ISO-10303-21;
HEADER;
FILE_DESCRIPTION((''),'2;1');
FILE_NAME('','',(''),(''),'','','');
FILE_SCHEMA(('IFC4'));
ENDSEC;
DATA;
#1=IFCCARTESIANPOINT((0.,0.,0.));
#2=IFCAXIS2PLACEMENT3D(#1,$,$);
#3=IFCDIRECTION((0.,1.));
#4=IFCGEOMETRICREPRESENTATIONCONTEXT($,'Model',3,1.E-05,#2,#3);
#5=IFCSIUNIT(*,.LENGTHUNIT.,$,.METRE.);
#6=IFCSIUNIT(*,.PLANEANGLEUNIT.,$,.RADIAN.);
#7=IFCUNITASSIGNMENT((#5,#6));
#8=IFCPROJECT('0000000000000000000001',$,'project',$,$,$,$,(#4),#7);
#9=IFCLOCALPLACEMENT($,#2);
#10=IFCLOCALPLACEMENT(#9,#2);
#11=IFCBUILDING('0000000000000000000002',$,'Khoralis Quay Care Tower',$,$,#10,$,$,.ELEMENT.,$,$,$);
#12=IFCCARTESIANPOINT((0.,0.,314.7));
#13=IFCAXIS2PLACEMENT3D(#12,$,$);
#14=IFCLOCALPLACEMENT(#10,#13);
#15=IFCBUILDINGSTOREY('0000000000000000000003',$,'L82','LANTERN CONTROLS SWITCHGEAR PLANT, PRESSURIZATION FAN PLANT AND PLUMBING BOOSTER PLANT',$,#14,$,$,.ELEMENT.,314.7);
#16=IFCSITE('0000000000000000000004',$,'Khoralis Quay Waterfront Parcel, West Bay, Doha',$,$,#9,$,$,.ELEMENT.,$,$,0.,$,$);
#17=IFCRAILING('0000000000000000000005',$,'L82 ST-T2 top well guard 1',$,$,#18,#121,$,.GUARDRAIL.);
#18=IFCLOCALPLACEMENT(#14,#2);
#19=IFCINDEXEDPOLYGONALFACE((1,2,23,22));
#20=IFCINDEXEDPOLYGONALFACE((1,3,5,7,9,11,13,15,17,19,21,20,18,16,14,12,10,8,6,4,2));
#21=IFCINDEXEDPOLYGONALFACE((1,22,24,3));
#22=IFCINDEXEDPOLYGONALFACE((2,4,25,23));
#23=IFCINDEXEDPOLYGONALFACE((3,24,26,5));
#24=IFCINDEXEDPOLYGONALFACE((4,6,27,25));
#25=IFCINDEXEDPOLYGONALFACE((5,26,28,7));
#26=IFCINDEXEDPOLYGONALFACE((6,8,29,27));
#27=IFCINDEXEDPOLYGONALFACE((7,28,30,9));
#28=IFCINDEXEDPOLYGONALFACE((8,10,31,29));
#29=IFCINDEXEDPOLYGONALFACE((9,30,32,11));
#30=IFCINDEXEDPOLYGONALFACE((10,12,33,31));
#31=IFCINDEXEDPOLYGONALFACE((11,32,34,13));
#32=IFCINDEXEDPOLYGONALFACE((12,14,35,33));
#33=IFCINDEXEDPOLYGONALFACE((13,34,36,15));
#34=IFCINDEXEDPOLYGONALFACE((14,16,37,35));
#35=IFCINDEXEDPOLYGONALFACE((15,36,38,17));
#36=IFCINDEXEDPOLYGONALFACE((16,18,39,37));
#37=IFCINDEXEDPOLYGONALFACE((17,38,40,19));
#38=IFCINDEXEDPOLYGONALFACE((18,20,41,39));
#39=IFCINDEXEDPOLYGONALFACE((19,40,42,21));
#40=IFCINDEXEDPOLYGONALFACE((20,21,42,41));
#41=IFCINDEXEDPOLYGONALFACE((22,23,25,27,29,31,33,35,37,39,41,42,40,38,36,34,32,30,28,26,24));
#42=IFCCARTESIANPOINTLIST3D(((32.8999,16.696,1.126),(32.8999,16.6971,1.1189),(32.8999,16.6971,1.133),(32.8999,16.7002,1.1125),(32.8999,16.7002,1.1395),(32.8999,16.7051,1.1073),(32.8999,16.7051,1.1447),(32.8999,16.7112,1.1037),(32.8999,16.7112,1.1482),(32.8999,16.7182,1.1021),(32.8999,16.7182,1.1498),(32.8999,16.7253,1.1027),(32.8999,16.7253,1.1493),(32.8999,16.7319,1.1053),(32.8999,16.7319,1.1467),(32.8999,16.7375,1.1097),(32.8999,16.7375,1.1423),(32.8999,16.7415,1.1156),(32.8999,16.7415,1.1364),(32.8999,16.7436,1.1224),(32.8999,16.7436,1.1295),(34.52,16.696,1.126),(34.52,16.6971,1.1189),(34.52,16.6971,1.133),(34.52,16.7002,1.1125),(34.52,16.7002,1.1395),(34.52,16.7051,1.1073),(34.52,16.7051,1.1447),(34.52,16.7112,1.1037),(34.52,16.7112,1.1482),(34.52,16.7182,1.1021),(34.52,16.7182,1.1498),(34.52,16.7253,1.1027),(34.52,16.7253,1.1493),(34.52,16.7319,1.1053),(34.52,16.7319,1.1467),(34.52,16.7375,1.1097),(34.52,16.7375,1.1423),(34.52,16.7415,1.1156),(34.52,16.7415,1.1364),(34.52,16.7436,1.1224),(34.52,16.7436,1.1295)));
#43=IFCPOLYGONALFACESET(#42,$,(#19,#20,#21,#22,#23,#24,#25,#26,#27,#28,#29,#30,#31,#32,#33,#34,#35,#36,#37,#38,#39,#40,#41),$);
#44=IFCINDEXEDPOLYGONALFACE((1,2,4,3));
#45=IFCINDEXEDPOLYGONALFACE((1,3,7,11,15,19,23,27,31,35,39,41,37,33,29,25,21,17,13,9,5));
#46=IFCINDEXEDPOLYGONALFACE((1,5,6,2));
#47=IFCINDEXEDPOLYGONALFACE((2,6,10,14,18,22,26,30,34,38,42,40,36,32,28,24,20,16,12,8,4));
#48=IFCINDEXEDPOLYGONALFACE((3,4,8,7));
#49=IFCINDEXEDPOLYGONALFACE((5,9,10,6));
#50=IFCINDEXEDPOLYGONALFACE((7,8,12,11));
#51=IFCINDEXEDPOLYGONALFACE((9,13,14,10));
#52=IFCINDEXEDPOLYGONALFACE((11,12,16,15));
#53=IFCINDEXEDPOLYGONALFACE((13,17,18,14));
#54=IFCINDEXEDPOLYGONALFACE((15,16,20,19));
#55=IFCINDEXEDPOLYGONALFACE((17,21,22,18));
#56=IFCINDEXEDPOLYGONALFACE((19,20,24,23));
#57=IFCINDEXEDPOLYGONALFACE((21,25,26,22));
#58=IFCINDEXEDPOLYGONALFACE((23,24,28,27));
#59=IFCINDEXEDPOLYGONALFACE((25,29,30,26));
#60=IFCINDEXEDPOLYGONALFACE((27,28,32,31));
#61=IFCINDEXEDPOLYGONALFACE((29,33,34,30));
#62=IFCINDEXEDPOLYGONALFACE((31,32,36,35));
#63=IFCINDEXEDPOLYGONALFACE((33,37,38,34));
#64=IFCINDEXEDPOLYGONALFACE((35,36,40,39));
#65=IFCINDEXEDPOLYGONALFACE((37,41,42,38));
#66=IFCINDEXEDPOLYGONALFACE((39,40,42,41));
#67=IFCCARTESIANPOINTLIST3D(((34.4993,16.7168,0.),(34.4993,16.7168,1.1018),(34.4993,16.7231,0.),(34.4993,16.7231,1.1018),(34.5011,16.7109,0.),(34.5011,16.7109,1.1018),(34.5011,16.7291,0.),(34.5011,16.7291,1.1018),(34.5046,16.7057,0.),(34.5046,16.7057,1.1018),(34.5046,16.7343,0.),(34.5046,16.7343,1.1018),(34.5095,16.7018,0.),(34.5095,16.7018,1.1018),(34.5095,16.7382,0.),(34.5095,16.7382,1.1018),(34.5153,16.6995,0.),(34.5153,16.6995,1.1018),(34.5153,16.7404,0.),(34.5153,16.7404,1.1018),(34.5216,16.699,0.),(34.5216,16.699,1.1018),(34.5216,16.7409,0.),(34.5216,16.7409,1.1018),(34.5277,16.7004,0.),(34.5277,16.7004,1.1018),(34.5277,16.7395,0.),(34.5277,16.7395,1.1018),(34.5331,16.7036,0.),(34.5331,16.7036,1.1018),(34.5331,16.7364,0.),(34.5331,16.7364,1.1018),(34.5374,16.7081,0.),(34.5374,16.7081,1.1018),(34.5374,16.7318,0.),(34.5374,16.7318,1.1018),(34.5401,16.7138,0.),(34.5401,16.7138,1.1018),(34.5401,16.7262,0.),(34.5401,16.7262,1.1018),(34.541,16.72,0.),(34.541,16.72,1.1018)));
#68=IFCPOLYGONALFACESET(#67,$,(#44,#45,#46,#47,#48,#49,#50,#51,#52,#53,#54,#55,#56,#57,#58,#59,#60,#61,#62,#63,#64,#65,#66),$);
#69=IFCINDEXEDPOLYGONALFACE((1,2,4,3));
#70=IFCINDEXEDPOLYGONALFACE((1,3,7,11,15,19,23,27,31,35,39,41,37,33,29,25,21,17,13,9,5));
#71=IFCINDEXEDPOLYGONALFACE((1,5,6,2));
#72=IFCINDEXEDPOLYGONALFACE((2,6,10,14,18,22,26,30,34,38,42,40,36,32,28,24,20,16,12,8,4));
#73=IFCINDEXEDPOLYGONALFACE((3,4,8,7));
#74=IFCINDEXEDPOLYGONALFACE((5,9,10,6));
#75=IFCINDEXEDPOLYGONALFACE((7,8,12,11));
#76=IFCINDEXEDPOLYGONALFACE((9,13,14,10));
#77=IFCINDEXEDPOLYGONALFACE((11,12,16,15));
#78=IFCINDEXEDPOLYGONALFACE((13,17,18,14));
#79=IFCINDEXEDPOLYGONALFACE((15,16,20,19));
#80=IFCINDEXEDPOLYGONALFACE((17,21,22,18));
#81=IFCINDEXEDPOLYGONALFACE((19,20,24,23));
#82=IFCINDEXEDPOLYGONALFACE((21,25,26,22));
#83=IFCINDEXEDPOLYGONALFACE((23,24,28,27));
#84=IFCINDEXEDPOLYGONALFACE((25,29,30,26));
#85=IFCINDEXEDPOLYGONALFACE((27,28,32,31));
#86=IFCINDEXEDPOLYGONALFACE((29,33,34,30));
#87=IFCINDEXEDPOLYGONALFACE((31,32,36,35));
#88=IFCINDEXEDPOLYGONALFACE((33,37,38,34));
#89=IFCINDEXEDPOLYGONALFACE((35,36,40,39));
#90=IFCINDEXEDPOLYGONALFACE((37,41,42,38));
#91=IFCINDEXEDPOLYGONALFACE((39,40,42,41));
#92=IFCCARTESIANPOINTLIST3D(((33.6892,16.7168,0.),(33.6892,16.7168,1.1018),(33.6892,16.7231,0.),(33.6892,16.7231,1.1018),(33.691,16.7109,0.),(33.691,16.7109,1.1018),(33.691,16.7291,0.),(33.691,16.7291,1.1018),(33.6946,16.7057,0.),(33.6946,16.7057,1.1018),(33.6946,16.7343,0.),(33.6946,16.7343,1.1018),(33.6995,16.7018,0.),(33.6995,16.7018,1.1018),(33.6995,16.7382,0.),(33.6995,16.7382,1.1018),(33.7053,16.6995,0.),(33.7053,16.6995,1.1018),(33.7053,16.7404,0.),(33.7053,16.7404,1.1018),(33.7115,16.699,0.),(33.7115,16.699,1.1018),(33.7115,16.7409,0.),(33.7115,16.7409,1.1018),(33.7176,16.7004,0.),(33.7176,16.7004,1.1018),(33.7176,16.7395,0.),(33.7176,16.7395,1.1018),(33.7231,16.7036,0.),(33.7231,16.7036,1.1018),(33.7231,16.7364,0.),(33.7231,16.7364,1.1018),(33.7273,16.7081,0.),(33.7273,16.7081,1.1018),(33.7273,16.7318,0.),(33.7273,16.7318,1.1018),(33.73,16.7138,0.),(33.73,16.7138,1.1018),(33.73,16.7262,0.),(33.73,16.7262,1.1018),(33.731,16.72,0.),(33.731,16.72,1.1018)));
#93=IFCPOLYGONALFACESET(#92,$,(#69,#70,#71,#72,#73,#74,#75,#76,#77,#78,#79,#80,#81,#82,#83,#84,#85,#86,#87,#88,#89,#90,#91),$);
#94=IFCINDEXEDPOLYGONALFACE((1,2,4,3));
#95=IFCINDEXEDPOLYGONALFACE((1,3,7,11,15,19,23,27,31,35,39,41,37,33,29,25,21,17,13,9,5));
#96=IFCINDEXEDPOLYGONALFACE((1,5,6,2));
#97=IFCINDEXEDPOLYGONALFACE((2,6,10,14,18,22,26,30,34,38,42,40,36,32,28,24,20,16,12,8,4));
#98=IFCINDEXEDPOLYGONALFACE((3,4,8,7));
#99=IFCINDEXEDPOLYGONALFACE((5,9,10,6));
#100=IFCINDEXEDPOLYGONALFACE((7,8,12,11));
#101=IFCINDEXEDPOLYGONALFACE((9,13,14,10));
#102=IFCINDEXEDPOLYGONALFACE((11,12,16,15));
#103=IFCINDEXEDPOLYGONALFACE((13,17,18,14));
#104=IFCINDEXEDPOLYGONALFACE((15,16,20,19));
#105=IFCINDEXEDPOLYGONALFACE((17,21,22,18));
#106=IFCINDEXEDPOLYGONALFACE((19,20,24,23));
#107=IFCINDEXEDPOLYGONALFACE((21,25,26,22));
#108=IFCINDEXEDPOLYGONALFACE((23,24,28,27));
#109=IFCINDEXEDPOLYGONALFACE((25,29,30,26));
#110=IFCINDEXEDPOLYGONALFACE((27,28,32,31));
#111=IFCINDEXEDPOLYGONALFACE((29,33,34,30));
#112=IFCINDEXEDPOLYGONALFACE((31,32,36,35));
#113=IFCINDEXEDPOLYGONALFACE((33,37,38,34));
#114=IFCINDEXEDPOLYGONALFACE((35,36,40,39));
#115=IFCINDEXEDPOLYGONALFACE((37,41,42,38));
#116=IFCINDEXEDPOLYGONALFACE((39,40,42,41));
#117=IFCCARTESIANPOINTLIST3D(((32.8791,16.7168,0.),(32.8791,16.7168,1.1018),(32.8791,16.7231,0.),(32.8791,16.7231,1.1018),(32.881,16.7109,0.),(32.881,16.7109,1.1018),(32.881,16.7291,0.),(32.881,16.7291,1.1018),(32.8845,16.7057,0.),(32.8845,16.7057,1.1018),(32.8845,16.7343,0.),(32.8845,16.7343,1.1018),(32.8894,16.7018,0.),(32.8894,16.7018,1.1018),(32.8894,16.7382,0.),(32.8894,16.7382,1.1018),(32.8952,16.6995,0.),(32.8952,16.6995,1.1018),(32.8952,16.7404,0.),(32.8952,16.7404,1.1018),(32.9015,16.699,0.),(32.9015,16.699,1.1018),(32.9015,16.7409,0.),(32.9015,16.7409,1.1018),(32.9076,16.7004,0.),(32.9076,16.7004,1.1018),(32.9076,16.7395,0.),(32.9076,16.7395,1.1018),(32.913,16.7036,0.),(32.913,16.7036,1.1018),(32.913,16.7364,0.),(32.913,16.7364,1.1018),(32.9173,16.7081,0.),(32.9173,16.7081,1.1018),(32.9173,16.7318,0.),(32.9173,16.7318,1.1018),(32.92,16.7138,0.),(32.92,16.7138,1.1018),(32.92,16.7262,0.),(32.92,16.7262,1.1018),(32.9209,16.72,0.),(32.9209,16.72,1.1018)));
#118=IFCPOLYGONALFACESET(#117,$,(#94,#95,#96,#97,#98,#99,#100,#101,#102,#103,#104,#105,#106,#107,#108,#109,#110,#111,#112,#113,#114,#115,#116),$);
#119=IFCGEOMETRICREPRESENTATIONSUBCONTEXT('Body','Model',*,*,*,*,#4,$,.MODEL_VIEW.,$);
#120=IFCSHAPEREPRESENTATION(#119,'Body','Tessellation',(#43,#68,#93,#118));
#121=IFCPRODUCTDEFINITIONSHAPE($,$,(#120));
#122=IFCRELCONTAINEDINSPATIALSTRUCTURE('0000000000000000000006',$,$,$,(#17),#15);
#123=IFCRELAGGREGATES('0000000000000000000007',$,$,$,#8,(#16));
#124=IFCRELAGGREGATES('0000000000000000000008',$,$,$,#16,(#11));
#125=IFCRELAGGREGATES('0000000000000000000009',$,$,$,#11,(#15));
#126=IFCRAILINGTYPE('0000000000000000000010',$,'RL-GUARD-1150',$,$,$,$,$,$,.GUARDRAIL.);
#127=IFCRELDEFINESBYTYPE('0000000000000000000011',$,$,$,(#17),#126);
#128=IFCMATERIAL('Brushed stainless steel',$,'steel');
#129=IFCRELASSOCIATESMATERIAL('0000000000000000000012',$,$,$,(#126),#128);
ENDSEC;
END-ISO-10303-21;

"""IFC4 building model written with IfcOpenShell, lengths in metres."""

from ifc_helpers import new_model, si_unit, direction, frame, origin, origin_2d, place, context, subcontext, project, spatial, circle, extrude, material, type_object, element, save


model = new_model("IFC4")

# Units and contexts
model_context = context("Model", 3, precision=1e-05, world=origin(), true_north=direction((0.0, 1.0)))
body_context = subcontext(model_context, "Body", "Model", "MODEL_VIEW")
ifc_project = project(units=[si_unit("LENGTHUNIT", "METRE"), si_unit("PLANEANGLEUNIT", "RADIAN")], contexts=[model_context])

# Site, building, storey
site_placement = place(None, origin())
site = spatial("IfcSite", under=ifc_project, at=site_placement, Name="Khoralis Quay Waterfront Parcel, West Bay, Doha", CompositionType="ELEMENT", RefElevation=0.0)
building_placement = place(site_placement, origin())
building = spatial("IfcBuilding", under=site, at=building_placement, Name="Khoralis Quay Care Tower", CompositionType="ELEMENT")
storey_placement = place(building_placement, frame((0.0, 0.0, 314.7)))
storey = spatial("IfcBuildingStorey", under=building, at=storey_placement, Name="L82", Description="LANTERN CONTROLS SWITCHGEAR PLANT, PRESSURIZATION FAN PLANT AND PLUMBING BOOSTER PLANT", CompositionType="ELEMENT", Elevation=314.7)

# Shared definitions
ifc_material_1 = material(Name="Brushed stainless steel", Category="steel")

# Railing
railing_type = type_object("IfcRailingType", Name="RL-GUARD-1150", PredefinedType="GUARDRAIL", material=ifc_material_1)
railing_placement = place(storey_placement, frame((34.52, 16.72, 0.0)))
element("IfcRailing", 1, at=railing_placement, inside=storey, type_object=railing_type, Name="L82 ST-T2 top well guard 1", PredefinedType="GUARDRAIL", context=body_context, shape_type="SweptSolid", body=[
    extrude(circle(Radius=0.0239, at=origin_2d()), frame((0.0, 0.0, 1.126), z_axis=(-1.0, 0.0, 0.0), x_axis=(0.0, -1.0, 0.0)), (0.0, 0.0, 1.0), 1.6201),
    extrude(circle(Radius=0.021, at=origin_2d()), origin(), (0.0, 0.0, 1.0), 1.1018),
    extrude(circle(Radius=0.021, at=origin_2d()), frame((-0.8101, 0.0, 0.0)), (0.0, 0.0, 1.0), 1.1018),
    extrude(circle(Radius=0.021, at=origin_2d()), frame((-1.6201, 0.0, 0.0)), (0.0, 0.0, 1.0), 1.1018),
])

save(model, "model.ifc")
